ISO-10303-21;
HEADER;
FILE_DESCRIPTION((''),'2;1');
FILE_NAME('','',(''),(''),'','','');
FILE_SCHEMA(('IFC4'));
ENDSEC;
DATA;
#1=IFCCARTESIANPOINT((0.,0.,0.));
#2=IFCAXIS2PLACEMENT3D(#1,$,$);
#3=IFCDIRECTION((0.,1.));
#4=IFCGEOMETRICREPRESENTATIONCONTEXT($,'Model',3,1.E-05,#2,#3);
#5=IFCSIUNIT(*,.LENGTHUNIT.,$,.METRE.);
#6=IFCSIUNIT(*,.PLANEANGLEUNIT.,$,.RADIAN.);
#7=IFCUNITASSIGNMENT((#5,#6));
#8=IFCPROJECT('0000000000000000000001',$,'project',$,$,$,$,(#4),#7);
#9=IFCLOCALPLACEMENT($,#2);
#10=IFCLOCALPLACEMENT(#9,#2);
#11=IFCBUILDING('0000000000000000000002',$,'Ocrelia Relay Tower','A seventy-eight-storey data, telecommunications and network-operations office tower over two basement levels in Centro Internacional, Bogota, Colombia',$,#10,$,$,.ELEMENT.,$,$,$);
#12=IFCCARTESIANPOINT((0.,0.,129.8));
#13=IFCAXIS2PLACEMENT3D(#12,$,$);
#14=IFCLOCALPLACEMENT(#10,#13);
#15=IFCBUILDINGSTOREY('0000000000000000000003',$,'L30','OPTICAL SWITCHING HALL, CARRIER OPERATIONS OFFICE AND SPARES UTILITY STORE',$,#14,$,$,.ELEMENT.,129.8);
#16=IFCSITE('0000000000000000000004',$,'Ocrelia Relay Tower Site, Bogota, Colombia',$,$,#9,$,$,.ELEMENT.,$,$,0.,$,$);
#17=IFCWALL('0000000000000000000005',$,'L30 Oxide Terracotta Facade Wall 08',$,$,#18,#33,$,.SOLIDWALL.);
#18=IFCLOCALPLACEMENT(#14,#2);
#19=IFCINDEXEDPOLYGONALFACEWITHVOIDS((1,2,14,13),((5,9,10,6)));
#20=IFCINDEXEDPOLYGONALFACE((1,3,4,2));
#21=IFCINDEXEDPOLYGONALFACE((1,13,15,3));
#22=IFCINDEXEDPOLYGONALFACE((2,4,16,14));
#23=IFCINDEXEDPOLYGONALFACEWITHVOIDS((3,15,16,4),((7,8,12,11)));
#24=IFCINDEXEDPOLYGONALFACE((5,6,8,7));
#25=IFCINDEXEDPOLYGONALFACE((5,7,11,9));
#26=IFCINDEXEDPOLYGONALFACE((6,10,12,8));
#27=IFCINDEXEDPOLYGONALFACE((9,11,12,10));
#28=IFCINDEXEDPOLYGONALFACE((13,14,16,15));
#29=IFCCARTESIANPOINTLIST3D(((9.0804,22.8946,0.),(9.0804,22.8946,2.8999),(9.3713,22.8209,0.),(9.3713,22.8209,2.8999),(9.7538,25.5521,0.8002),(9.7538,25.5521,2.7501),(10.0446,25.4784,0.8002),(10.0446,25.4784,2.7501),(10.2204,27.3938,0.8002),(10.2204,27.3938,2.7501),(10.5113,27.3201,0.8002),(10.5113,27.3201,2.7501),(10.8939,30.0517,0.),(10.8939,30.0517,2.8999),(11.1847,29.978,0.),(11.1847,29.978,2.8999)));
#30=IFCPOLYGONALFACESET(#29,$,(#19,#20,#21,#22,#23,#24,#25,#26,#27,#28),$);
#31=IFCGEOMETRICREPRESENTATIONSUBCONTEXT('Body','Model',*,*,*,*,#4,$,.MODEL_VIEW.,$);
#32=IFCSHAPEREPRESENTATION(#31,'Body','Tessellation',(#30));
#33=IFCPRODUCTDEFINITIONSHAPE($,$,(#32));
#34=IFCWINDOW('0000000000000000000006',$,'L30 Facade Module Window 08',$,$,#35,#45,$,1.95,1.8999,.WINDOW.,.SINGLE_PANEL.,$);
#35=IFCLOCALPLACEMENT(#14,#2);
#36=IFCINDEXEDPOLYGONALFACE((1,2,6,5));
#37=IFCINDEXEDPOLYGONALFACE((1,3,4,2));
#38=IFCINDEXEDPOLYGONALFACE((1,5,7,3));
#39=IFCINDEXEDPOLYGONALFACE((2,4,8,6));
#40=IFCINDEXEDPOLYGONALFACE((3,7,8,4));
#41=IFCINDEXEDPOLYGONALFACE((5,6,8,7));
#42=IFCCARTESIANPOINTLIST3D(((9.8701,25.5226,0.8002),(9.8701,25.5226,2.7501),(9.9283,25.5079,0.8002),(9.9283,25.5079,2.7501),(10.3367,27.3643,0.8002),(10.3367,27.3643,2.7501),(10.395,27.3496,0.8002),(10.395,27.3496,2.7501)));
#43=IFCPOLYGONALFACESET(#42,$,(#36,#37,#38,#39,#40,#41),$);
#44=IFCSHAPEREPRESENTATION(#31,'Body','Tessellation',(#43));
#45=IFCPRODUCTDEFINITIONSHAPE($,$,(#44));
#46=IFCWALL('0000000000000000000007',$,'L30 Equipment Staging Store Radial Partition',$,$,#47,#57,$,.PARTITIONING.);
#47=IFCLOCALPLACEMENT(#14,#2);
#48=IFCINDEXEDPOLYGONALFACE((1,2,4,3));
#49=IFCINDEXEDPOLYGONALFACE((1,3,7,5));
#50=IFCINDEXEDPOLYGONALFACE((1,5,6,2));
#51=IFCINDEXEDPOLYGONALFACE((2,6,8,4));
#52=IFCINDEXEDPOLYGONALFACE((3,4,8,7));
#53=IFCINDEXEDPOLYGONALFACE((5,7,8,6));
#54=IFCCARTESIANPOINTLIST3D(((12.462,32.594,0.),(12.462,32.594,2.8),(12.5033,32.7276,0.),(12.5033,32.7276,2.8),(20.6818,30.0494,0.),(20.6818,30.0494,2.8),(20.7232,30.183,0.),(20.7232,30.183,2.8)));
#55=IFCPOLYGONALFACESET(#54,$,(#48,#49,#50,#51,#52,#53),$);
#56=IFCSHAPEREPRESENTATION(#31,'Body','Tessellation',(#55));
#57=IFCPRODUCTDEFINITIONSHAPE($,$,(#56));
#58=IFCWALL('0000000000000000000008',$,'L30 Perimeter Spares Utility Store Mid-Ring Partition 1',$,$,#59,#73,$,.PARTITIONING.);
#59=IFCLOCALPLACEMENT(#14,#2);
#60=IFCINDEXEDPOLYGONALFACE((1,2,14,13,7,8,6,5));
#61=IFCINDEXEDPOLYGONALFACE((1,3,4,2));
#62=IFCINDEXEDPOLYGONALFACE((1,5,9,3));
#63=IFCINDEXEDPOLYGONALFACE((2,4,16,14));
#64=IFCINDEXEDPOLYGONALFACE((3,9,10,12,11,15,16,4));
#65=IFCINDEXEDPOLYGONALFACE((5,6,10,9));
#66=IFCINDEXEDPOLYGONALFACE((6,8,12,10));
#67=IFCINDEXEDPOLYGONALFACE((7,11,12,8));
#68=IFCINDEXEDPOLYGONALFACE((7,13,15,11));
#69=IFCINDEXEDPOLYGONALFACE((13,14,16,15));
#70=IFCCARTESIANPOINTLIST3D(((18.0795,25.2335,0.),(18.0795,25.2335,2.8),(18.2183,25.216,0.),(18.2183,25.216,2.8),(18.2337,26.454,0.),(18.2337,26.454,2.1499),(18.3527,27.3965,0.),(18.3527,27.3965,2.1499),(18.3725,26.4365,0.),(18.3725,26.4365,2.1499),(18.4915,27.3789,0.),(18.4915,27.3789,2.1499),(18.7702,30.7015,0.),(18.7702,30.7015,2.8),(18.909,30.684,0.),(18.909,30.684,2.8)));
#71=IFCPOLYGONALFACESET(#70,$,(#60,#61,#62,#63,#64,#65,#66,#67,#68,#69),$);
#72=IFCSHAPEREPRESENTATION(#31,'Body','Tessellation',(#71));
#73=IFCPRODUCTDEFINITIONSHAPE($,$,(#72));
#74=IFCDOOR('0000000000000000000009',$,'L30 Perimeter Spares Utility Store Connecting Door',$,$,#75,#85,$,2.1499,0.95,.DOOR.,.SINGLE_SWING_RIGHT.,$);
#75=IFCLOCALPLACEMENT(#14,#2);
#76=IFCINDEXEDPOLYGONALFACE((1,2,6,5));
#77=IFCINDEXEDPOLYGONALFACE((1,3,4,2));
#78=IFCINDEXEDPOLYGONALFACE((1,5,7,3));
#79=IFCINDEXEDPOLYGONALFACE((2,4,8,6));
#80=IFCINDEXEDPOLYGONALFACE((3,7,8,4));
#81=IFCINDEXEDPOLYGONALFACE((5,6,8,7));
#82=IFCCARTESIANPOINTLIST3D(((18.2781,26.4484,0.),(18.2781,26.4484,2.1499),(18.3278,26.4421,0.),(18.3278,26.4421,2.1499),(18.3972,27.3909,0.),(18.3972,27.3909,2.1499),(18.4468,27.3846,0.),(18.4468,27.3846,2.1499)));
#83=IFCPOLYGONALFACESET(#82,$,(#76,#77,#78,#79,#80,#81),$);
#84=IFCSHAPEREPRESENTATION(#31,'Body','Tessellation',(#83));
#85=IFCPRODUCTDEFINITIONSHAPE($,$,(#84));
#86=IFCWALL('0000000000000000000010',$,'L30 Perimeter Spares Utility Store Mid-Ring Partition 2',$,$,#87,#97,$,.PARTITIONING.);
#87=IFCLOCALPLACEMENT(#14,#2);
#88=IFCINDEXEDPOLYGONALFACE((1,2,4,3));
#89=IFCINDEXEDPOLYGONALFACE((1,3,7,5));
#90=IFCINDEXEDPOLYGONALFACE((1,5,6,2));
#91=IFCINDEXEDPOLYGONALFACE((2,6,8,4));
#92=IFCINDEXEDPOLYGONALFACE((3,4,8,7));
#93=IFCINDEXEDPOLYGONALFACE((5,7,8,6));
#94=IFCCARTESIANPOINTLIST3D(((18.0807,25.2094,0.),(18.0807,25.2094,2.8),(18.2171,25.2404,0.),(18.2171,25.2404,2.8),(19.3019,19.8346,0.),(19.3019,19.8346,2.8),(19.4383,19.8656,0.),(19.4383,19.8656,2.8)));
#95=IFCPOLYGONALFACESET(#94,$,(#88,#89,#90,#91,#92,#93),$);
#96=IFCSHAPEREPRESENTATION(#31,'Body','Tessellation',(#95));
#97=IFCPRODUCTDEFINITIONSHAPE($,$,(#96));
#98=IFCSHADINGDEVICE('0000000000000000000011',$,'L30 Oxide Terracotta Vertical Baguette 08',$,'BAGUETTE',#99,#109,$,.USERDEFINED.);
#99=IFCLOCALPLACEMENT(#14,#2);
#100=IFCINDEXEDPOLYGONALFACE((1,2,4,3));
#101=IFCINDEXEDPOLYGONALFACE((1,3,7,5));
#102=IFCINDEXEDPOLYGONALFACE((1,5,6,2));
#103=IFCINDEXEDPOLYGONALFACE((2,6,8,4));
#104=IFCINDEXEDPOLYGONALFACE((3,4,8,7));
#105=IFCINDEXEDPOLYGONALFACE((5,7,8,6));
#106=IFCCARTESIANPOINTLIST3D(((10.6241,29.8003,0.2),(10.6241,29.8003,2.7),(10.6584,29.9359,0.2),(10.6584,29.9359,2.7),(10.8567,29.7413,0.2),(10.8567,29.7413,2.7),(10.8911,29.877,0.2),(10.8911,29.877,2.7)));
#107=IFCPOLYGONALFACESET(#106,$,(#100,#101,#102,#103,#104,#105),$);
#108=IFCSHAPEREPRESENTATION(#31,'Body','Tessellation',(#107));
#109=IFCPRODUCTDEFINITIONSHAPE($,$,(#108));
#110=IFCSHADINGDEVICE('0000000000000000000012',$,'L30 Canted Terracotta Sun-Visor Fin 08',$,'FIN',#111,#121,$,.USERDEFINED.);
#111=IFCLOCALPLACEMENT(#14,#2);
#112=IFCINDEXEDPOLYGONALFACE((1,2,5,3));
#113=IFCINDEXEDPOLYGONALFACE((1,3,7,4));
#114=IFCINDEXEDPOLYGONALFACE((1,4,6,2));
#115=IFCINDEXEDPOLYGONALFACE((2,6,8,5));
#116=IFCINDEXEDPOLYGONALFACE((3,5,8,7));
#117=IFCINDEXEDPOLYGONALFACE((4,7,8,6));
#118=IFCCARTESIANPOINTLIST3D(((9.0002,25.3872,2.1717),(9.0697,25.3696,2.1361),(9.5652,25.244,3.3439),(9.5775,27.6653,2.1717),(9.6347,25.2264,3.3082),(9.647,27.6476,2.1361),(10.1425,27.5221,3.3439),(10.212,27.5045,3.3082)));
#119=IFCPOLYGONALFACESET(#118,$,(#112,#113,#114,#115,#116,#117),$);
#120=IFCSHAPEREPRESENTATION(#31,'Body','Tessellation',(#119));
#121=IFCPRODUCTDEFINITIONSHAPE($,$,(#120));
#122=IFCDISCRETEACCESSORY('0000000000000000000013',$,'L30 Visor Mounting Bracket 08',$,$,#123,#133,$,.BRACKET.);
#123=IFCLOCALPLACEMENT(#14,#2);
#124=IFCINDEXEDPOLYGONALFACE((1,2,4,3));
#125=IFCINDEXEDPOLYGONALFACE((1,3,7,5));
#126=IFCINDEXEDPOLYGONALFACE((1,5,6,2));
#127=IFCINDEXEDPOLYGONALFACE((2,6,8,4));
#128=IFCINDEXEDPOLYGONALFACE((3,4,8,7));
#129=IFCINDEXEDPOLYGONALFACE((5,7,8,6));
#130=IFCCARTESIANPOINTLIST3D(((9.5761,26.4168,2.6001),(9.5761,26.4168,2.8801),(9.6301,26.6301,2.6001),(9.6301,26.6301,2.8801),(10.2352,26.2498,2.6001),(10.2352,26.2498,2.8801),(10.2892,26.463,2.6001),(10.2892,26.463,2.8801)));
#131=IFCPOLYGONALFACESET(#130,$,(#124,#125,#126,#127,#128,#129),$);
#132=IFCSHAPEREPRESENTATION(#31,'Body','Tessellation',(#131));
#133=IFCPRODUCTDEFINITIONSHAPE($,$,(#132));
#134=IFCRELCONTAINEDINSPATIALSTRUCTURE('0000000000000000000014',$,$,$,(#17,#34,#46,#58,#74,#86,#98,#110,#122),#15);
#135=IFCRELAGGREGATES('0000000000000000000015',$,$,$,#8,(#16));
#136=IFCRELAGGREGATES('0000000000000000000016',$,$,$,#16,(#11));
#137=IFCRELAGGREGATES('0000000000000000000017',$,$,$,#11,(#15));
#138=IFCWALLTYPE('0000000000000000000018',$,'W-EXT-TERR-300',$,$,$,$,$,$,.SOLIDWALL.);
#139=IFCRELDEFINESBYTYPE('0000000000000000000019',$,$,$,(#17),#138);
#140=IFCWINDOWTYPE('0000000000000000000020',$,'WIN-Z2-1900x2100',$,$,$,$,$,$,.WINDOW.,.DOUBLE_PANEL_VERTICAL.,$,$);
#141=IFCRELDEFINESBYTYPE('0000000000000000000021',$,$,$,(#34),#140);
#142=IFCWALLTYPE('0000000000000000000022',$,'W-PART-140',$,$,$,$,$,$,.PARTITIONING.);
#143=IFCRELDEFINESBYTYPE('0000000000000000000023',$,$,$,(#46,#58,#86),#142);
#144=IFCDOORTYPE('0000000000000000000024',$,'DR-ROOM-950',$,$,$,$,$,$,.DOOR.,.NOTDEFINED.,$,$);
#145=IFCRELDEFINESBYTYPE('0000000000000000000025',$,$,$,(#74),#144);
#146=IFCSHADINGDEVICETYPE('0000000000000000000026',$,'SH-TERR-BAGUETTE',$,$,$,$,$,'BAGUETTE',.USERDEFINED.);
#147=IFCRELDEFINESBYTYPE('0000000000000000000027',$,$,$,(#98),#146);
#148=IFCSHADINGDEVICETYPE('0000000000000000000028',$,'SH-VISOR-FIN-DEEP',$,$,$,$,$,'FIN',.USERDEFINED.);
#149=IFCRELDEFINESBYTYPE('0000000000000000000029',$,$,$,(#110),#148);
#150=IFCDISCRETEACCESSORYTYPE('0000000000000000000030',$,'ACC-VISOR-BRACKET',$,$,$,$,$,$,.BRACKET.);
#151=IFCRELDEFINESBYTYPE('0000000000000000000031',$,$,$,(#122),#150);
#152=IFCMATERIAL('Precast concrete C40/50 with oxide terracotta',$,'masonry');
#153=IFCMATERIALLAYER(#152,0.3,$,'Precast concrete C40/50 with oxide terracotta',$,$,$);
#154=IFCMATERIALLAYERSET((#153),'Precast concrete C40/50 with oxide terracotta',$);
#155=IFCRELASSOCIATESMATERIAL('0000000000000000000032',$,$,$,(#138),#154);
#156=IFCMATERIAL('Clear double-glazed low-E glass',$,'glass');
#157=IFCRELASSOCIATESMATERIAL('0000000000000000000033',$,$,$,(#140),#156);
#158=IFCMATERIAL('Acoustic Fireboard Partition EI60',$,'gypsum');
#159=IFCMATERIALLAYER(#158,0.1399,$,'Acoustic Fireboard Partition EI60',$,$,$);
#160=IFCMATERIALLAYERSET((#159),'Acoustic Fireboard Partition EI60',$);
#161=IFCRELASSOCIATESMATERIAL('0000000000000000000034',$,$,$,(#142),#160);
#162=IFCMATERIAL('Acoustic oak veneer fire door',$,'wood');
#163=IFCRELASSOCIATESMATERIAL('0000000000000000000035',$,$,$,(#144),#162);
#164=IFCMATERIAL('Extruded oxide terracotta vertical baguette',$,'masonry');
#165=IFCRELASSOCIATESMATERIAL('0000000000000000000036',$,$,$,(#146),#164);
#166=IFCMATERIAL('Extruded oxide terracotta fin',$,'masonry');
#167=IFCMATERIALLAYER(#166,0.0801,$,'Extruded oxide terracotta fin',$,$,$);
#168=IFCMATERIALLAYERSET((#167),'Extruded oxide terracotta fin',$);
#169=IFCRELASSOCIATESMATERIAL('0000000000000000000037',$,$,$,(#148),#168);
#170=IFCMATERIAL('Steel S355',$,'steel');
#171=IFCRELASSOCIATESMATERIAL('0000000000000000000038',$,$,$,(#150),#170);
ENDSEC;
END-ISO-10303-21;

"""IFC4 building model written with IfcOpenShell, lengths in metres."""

from ifc_helpers import new_model, si_unit, direction, frame, frame_2d, origin, origin_2d, place, context, subcontext, project, spatial, rectangle, extrude, material, layer, layer_set, type_object, element, fill, save


model = new_model("IFC4")

# Units and contexts
model_context = context("Model", 3, precision=1e-05, world=origin(), true_north=direction((0.0, 1.0)))
body_context = subcontext(model_context, "Body", "Model", "MODEL_VIEW")
ifc_project = project(units=[si_unit("LENGTHUNIT", "METRE"), si_unit("PLANEANGLEUNIT", "RADIAN")], contexts=[model_context])

# Site, building, storey
site_placement = place(None, origin())
site = spatial("IfcSite", under=ifc_project, at=site_placement, Name="Ocrelia Relay Tower Site, Bogota, Colombia", CompositionType="ELEMENT", RefElevation=0.0)
building_placement = place(site_placement, origin())
building = spatial("IfcBuilding", under=site, at=building_placement, Name="Ocrelia Relay Tower", Description="A seventy-eight-storey data, telecommunications and network-operations office tower over two basement levels in Centro Internacional, Bogota, Colombia", CompositionType="ELEMENT")
storey_placement = place(building_placement, frame((0.0, 0.0, 129.8)))
storey = spatial("IfcBuildingStorey", under=building, at=storey_placement, Name="L30", Description="OPTICAL SWITCHING HALL, CARRIER OPERATIONS OFFICE AND SPARES UTILITY STORE", CompositionType="ELEMENT", Elevation=129.8)

# Shared definitions
ifc_material_1 = material(Name="Steel S355", Category="steel")

# Shared definitions
ifc_material_2 = material(Name="Acoustic oak veneer fire door", Category="wood")

# Wall, opening, window
ifc_material_3 = material(Name="Precast concrete C40/50 with oxide terracotta", Category="masonry")
ifc_layer_1 = layer(ifc_material_3, 0.3, Name="Precast concrete C40/50 with oxide terracotta")
ifc_layer_set_1 = layer_set([ifc_layer_1], Name="Precast concrete C40/50 with oxide terracotta")
wall_type_1 = type_object("IfcWallType", Name="W-EXT-TERR-300", PredefinedType="SOLIDWALL", material=ifc_layer_set_1)
wall_1_placement = place(storey_placement, frame((11.0393, 30.0149, 0.0), z_axis=(0.0, 0.0, 1.0), x_axis=(-0.245615, -0.969367, 0.0)))
wall_1 = element("IfcWall", 1, at=wall_1_placement, inside=storey, type_object=wall_type_1, Name="L30 Oxide Terracotta Facade Wall 08", PredefinedType="SOLIDWALL", context=body_context, shape_type="SweptSolid", body=[
    extrude(rectangle(XDim=7.3833, YDim=0.3, at=frame_2d((3.6917, 0.0))), origin(), (0.0, 0.0, 1.0), 2.8999),
])
opening_1_placement = place(wall_1_placement, frame((2.7419, 0.0, 0.8)))
opening_1 = element("IfcOpeningElement", 2, at=opening_1_placement, cuts=wall_1, PredefinedType="OPENING", context=body_context, shape_type="SweptSolid", body=[
    extrude(rectangle(XDim=1.8999, YDim=1.95, at=frame_2d((0.95, 0.9751))), frame((0.0, 0.1602, 0.0), z_axis=(0.0, -1.0, 0.0), x_axis=(1.0, 0.0, 0.0)), (0.0, 0.0, 1.0), 0.3201),
])
ifc_material_4 = material(Name="Clear double-glazed low-E glass", Category="glass")
window_type = type_object("IfcWindowType", Name="WIN-Z2-1900x2100", PartitioningType="DOUBLE_PANEL_VERTICAL", PredefinedType="WINDOW", material=ifc_material_4)
window_placement = place(opening_1_placement, origin())
window = element("IfcWindow", 3, at=window_placement, inside=storey, type_object=window_type, Name="L30 Facade Module Window 08", OverallHeight=1.95, OverallWidth=1.8999, PartitioningType="SINGLE_PANEL", PredefinedType="WINDOW", context=body_context, shape_type="SweptSolid", body=[
    extrude(rectangle(XDim=1.8999, YDim=1.95, at=frame_2d((0.95, 0.9751))), frame((0.0, 0.03, 0.0), z_axis=(0.0, -1.0, 0.0), x_axis=(1.0, 0.0, 0.0)), (0.0, 0.0, 1.0), 0.0601),
])
fill(opening_1, window)

# Wall
ifc_material_5 = material(Name="Acoustic Fireboard Partition EI60", Category="gypsum")
ifc_layer_2 = layer(ifc_material_5, 0.1399, Name="Acoustic Fireboard Partition EI60")
ifc_layer_set_2 = layer_set([ifc_layer_2], Name="Acoustic Fireboard Partition EI60")
wall_type_2 = type_object("IfcWallType", Name="W-PART-140", PredefinedType="PARTITIONING", material=ifc_layer_set_2)
wall_2_placement = place(storey_placement, frame((20.7024, 30.1162, 0.0), z_axis=(0.0, 0.0, 1.0), x_axis=(-0.955273, 0.295726, 0.0)))
element("IfcWall", 4, at=wall_2_placement, inside=storey, type_object=wall_type_2, Name="L30 Equipment Staging Store Radial Partition", PredefinedType="PARTITIONING", context=body_context, shape_type="SweptSolid", body=[
    extrude(rectangle(XDim=8.6047, YDim=0.1399, at=frame_2d((4.3022, 0.0))), origin(), (0.0, 0.0, 1.0), 2.8),
])

# Wall, opening, door
wall_3_placement = place(storey_placement, frame((18.8396, 30.6929, 0.0), z_axis=(0.0, 0.0, 1.0), x_axis=(-0.125316, -0.992117, 0.0)))
wall_3 = element("IfcWall", 5, at=wall_3_placement, inside=storey, type_object=wall_type_2, Name="L30 Perimeter Spares Utility Store Mid-Ring Partition 1", PredefinedType="PARTITIONING", context=body_context, shape_type="SweptSolid", body=[
    extrude(rectangle(XDim=5.5115, YDim=0.1399, at=frame_2d((2.7559, 0.0))), origin(), (0.0, 0.0, 1.0), 2.8),
])
opening_2_placement = place(wall_3_placement, frame((3.3313, 0.0, 0.0)))
opening_2 = element("IfcOpeningElement", 6, at=opening_2_placement, cuts=wall_3, PredefinedType="OPENING", context=body_context, shape_type="SweptSolid", body=[
    extrude(rectangle(XDim=0.95, YDim=2.1499, at=frame_2d((0.4751, 1.075))), frame((0.0, 0.0801, 0.0), z_axis=(0.0, -1.0, 0.0), x_axis=(1.0, 0.0, 0.0)), (0.0, 0.0, 1.0), 0.1599),
])
door_type_1 = type_object("IfcDoorType", Name="DR-ROOM-950", OperationType="NOTDEFINED", PredefinedType="DOOR", material=ifc_material_2)
door_1_placement = place(opening_2_placement, origin())
door_1 = element("IfcDoor", 7, at=door_1_placement, inside=storey, type_object=door_type_1, Name="L30 Perimeter Spares Utility Store Connecting Door", OperationType="SINGLE_SWING_RIGHT", OverallHeight=2.1499, OverallWidth=0.95, PredefinedType="DOOR", context=body_context, shape_type="SweptSolid", body=[
    extrude(rectangle(XDim=0.95, YDim=2.1499, at=frame_2d((0.4751, 1.075))), frame((0.0, 0.0249, 0.0), z_axis=(0.0, -1.0, 0.0), x_axis=(1.0, 0.0, 0.0)), (0.0, 0.0, 1.0), 0.05),
])
fill(opening_2, door_1)

# Wall
wall_4_placement = place(storey_placement, frame((18.1489, 25.2249, 0.0), z_axis=(0.0, 0.0, 1.0), x_axis=(0.221562, -0.975146, 0.0)))
element("IfcWall", 8, at=wall_4_placement, inside=storey, type_object=wall_type_2, Name="L30 Perimeter Spares Utility Store Mid-Ring Partition 2", PredefinedType="PARTITIONING", context=body_context, shape_type="SweptSolid", body=[
    extrude(rectangle(XDim=5.5117, YDim=0.1399, at=frame_2d((2.7559, 0.0))), origin(), (0.0, 0.0, 1.0), 2.8),
])

# Shading devices
ifc_material_6 = material(Name="Extruded oxide terracotta vertical baguette", Category="masonry")
shading_device_type_1 = type_object("IfcShadingDeviceType", Name="SH-TERR-BAGUETTE", ElementType="BAGUETTE", PredefinedType="USERDEFINED", material=ifc_material_6)
shading_device_1_placement = place(storey_placement, frame((10.7576, 29.8386, 0.2), z_axis=(0.0, 0.0, 1.0), x_axis=(-0.245635, -0.969362, 0.0)))
element("IfcShadingDevice", 9, at=shading_device_1_placement, inside=storey, type_object=shading_device_type_1, Name="L30 Oxide Terracotta Vertical Baguette 08", ObjectType="BAGUETTE", PredefinedType="USERDEFINED", context=body_context, shape_type="SweptSolid", body=[
    extrude(rectangle(XDim=0.1399, YDim=0.24, at=origin_2d()), origin(), (0.0, 0.0, 1.0), 2.5),
])
ifc_material_7 = material(Name="Extruded oxide terracotta fin", Category="masonry")
ifc_layer_3 = layer(ifc_material_7, 0.0801, Name="Extruded oxide terracotta fin")
ifc_layer_set_3 = layer_set([ifc_layer_3], Name="Extruded oxide terracotta fin")
shading_device_type_2 = type_object("IfcShadingDeviceType", Name="SH-VISOR-FIN-DEEP", ElementType="FIN", PredefinedType="USERDEFINED", material=ifc_layer_set_3)
shading_device_2_placement = place(storey_placement, frame((9.6409, 26.437, 2.7222), z_axis=(-0.867968, 0.219942, 0.44526), x_axis=(-0.245635, -0.969362, 0.0)))
element("IfcShadingDevice", 10, at=shading_device_2_placement, inside=storey, type_object=shading_device_type_2, Name="L30 Canted Terracotta Sun-Visor Fin 08", ObjectType="FIN", PredefinedType="USERDEFINED", context=body_context, shape_type="SweptSolid", body=[
    extrude(rectangle(XDim=2.3501, YDim=1.3091, at=origin_2d()), origin(), (0.0, 0.0, 1.0), 0.0801),
])

# Discrete accessory
discrete_accessory_type = type_object("IfcDiscreteAccessoryType", Name="ACC-VISOR-BRACKET", PredefinedType="BRACKET", material=ifc_material_1)
discrete_accessory_placement = place(storey_placement, frame((9.9326, 26.4399, 2.6001), z_axis=(0.0, 0.0, 1.0), x_axis=(-0.245635, -0.969362, 0.0)))
element("IfcDiscreteAccessory", 11, at=discrete_accessory_placement, inside=storey, type_object=discrete_accessory_type, Name="L30 Visor Mounting Bracket 08", PredefinedType="BRACKET", context=body_context, shape_type="SweptSolid", body=[
    extrude(rectangle(XDim=0.22, YDim=0.6799, at=origin_2d()), origin(), (0.0, 0.0, 1.0), 0.28),
])

save(model, "model.ifc")
